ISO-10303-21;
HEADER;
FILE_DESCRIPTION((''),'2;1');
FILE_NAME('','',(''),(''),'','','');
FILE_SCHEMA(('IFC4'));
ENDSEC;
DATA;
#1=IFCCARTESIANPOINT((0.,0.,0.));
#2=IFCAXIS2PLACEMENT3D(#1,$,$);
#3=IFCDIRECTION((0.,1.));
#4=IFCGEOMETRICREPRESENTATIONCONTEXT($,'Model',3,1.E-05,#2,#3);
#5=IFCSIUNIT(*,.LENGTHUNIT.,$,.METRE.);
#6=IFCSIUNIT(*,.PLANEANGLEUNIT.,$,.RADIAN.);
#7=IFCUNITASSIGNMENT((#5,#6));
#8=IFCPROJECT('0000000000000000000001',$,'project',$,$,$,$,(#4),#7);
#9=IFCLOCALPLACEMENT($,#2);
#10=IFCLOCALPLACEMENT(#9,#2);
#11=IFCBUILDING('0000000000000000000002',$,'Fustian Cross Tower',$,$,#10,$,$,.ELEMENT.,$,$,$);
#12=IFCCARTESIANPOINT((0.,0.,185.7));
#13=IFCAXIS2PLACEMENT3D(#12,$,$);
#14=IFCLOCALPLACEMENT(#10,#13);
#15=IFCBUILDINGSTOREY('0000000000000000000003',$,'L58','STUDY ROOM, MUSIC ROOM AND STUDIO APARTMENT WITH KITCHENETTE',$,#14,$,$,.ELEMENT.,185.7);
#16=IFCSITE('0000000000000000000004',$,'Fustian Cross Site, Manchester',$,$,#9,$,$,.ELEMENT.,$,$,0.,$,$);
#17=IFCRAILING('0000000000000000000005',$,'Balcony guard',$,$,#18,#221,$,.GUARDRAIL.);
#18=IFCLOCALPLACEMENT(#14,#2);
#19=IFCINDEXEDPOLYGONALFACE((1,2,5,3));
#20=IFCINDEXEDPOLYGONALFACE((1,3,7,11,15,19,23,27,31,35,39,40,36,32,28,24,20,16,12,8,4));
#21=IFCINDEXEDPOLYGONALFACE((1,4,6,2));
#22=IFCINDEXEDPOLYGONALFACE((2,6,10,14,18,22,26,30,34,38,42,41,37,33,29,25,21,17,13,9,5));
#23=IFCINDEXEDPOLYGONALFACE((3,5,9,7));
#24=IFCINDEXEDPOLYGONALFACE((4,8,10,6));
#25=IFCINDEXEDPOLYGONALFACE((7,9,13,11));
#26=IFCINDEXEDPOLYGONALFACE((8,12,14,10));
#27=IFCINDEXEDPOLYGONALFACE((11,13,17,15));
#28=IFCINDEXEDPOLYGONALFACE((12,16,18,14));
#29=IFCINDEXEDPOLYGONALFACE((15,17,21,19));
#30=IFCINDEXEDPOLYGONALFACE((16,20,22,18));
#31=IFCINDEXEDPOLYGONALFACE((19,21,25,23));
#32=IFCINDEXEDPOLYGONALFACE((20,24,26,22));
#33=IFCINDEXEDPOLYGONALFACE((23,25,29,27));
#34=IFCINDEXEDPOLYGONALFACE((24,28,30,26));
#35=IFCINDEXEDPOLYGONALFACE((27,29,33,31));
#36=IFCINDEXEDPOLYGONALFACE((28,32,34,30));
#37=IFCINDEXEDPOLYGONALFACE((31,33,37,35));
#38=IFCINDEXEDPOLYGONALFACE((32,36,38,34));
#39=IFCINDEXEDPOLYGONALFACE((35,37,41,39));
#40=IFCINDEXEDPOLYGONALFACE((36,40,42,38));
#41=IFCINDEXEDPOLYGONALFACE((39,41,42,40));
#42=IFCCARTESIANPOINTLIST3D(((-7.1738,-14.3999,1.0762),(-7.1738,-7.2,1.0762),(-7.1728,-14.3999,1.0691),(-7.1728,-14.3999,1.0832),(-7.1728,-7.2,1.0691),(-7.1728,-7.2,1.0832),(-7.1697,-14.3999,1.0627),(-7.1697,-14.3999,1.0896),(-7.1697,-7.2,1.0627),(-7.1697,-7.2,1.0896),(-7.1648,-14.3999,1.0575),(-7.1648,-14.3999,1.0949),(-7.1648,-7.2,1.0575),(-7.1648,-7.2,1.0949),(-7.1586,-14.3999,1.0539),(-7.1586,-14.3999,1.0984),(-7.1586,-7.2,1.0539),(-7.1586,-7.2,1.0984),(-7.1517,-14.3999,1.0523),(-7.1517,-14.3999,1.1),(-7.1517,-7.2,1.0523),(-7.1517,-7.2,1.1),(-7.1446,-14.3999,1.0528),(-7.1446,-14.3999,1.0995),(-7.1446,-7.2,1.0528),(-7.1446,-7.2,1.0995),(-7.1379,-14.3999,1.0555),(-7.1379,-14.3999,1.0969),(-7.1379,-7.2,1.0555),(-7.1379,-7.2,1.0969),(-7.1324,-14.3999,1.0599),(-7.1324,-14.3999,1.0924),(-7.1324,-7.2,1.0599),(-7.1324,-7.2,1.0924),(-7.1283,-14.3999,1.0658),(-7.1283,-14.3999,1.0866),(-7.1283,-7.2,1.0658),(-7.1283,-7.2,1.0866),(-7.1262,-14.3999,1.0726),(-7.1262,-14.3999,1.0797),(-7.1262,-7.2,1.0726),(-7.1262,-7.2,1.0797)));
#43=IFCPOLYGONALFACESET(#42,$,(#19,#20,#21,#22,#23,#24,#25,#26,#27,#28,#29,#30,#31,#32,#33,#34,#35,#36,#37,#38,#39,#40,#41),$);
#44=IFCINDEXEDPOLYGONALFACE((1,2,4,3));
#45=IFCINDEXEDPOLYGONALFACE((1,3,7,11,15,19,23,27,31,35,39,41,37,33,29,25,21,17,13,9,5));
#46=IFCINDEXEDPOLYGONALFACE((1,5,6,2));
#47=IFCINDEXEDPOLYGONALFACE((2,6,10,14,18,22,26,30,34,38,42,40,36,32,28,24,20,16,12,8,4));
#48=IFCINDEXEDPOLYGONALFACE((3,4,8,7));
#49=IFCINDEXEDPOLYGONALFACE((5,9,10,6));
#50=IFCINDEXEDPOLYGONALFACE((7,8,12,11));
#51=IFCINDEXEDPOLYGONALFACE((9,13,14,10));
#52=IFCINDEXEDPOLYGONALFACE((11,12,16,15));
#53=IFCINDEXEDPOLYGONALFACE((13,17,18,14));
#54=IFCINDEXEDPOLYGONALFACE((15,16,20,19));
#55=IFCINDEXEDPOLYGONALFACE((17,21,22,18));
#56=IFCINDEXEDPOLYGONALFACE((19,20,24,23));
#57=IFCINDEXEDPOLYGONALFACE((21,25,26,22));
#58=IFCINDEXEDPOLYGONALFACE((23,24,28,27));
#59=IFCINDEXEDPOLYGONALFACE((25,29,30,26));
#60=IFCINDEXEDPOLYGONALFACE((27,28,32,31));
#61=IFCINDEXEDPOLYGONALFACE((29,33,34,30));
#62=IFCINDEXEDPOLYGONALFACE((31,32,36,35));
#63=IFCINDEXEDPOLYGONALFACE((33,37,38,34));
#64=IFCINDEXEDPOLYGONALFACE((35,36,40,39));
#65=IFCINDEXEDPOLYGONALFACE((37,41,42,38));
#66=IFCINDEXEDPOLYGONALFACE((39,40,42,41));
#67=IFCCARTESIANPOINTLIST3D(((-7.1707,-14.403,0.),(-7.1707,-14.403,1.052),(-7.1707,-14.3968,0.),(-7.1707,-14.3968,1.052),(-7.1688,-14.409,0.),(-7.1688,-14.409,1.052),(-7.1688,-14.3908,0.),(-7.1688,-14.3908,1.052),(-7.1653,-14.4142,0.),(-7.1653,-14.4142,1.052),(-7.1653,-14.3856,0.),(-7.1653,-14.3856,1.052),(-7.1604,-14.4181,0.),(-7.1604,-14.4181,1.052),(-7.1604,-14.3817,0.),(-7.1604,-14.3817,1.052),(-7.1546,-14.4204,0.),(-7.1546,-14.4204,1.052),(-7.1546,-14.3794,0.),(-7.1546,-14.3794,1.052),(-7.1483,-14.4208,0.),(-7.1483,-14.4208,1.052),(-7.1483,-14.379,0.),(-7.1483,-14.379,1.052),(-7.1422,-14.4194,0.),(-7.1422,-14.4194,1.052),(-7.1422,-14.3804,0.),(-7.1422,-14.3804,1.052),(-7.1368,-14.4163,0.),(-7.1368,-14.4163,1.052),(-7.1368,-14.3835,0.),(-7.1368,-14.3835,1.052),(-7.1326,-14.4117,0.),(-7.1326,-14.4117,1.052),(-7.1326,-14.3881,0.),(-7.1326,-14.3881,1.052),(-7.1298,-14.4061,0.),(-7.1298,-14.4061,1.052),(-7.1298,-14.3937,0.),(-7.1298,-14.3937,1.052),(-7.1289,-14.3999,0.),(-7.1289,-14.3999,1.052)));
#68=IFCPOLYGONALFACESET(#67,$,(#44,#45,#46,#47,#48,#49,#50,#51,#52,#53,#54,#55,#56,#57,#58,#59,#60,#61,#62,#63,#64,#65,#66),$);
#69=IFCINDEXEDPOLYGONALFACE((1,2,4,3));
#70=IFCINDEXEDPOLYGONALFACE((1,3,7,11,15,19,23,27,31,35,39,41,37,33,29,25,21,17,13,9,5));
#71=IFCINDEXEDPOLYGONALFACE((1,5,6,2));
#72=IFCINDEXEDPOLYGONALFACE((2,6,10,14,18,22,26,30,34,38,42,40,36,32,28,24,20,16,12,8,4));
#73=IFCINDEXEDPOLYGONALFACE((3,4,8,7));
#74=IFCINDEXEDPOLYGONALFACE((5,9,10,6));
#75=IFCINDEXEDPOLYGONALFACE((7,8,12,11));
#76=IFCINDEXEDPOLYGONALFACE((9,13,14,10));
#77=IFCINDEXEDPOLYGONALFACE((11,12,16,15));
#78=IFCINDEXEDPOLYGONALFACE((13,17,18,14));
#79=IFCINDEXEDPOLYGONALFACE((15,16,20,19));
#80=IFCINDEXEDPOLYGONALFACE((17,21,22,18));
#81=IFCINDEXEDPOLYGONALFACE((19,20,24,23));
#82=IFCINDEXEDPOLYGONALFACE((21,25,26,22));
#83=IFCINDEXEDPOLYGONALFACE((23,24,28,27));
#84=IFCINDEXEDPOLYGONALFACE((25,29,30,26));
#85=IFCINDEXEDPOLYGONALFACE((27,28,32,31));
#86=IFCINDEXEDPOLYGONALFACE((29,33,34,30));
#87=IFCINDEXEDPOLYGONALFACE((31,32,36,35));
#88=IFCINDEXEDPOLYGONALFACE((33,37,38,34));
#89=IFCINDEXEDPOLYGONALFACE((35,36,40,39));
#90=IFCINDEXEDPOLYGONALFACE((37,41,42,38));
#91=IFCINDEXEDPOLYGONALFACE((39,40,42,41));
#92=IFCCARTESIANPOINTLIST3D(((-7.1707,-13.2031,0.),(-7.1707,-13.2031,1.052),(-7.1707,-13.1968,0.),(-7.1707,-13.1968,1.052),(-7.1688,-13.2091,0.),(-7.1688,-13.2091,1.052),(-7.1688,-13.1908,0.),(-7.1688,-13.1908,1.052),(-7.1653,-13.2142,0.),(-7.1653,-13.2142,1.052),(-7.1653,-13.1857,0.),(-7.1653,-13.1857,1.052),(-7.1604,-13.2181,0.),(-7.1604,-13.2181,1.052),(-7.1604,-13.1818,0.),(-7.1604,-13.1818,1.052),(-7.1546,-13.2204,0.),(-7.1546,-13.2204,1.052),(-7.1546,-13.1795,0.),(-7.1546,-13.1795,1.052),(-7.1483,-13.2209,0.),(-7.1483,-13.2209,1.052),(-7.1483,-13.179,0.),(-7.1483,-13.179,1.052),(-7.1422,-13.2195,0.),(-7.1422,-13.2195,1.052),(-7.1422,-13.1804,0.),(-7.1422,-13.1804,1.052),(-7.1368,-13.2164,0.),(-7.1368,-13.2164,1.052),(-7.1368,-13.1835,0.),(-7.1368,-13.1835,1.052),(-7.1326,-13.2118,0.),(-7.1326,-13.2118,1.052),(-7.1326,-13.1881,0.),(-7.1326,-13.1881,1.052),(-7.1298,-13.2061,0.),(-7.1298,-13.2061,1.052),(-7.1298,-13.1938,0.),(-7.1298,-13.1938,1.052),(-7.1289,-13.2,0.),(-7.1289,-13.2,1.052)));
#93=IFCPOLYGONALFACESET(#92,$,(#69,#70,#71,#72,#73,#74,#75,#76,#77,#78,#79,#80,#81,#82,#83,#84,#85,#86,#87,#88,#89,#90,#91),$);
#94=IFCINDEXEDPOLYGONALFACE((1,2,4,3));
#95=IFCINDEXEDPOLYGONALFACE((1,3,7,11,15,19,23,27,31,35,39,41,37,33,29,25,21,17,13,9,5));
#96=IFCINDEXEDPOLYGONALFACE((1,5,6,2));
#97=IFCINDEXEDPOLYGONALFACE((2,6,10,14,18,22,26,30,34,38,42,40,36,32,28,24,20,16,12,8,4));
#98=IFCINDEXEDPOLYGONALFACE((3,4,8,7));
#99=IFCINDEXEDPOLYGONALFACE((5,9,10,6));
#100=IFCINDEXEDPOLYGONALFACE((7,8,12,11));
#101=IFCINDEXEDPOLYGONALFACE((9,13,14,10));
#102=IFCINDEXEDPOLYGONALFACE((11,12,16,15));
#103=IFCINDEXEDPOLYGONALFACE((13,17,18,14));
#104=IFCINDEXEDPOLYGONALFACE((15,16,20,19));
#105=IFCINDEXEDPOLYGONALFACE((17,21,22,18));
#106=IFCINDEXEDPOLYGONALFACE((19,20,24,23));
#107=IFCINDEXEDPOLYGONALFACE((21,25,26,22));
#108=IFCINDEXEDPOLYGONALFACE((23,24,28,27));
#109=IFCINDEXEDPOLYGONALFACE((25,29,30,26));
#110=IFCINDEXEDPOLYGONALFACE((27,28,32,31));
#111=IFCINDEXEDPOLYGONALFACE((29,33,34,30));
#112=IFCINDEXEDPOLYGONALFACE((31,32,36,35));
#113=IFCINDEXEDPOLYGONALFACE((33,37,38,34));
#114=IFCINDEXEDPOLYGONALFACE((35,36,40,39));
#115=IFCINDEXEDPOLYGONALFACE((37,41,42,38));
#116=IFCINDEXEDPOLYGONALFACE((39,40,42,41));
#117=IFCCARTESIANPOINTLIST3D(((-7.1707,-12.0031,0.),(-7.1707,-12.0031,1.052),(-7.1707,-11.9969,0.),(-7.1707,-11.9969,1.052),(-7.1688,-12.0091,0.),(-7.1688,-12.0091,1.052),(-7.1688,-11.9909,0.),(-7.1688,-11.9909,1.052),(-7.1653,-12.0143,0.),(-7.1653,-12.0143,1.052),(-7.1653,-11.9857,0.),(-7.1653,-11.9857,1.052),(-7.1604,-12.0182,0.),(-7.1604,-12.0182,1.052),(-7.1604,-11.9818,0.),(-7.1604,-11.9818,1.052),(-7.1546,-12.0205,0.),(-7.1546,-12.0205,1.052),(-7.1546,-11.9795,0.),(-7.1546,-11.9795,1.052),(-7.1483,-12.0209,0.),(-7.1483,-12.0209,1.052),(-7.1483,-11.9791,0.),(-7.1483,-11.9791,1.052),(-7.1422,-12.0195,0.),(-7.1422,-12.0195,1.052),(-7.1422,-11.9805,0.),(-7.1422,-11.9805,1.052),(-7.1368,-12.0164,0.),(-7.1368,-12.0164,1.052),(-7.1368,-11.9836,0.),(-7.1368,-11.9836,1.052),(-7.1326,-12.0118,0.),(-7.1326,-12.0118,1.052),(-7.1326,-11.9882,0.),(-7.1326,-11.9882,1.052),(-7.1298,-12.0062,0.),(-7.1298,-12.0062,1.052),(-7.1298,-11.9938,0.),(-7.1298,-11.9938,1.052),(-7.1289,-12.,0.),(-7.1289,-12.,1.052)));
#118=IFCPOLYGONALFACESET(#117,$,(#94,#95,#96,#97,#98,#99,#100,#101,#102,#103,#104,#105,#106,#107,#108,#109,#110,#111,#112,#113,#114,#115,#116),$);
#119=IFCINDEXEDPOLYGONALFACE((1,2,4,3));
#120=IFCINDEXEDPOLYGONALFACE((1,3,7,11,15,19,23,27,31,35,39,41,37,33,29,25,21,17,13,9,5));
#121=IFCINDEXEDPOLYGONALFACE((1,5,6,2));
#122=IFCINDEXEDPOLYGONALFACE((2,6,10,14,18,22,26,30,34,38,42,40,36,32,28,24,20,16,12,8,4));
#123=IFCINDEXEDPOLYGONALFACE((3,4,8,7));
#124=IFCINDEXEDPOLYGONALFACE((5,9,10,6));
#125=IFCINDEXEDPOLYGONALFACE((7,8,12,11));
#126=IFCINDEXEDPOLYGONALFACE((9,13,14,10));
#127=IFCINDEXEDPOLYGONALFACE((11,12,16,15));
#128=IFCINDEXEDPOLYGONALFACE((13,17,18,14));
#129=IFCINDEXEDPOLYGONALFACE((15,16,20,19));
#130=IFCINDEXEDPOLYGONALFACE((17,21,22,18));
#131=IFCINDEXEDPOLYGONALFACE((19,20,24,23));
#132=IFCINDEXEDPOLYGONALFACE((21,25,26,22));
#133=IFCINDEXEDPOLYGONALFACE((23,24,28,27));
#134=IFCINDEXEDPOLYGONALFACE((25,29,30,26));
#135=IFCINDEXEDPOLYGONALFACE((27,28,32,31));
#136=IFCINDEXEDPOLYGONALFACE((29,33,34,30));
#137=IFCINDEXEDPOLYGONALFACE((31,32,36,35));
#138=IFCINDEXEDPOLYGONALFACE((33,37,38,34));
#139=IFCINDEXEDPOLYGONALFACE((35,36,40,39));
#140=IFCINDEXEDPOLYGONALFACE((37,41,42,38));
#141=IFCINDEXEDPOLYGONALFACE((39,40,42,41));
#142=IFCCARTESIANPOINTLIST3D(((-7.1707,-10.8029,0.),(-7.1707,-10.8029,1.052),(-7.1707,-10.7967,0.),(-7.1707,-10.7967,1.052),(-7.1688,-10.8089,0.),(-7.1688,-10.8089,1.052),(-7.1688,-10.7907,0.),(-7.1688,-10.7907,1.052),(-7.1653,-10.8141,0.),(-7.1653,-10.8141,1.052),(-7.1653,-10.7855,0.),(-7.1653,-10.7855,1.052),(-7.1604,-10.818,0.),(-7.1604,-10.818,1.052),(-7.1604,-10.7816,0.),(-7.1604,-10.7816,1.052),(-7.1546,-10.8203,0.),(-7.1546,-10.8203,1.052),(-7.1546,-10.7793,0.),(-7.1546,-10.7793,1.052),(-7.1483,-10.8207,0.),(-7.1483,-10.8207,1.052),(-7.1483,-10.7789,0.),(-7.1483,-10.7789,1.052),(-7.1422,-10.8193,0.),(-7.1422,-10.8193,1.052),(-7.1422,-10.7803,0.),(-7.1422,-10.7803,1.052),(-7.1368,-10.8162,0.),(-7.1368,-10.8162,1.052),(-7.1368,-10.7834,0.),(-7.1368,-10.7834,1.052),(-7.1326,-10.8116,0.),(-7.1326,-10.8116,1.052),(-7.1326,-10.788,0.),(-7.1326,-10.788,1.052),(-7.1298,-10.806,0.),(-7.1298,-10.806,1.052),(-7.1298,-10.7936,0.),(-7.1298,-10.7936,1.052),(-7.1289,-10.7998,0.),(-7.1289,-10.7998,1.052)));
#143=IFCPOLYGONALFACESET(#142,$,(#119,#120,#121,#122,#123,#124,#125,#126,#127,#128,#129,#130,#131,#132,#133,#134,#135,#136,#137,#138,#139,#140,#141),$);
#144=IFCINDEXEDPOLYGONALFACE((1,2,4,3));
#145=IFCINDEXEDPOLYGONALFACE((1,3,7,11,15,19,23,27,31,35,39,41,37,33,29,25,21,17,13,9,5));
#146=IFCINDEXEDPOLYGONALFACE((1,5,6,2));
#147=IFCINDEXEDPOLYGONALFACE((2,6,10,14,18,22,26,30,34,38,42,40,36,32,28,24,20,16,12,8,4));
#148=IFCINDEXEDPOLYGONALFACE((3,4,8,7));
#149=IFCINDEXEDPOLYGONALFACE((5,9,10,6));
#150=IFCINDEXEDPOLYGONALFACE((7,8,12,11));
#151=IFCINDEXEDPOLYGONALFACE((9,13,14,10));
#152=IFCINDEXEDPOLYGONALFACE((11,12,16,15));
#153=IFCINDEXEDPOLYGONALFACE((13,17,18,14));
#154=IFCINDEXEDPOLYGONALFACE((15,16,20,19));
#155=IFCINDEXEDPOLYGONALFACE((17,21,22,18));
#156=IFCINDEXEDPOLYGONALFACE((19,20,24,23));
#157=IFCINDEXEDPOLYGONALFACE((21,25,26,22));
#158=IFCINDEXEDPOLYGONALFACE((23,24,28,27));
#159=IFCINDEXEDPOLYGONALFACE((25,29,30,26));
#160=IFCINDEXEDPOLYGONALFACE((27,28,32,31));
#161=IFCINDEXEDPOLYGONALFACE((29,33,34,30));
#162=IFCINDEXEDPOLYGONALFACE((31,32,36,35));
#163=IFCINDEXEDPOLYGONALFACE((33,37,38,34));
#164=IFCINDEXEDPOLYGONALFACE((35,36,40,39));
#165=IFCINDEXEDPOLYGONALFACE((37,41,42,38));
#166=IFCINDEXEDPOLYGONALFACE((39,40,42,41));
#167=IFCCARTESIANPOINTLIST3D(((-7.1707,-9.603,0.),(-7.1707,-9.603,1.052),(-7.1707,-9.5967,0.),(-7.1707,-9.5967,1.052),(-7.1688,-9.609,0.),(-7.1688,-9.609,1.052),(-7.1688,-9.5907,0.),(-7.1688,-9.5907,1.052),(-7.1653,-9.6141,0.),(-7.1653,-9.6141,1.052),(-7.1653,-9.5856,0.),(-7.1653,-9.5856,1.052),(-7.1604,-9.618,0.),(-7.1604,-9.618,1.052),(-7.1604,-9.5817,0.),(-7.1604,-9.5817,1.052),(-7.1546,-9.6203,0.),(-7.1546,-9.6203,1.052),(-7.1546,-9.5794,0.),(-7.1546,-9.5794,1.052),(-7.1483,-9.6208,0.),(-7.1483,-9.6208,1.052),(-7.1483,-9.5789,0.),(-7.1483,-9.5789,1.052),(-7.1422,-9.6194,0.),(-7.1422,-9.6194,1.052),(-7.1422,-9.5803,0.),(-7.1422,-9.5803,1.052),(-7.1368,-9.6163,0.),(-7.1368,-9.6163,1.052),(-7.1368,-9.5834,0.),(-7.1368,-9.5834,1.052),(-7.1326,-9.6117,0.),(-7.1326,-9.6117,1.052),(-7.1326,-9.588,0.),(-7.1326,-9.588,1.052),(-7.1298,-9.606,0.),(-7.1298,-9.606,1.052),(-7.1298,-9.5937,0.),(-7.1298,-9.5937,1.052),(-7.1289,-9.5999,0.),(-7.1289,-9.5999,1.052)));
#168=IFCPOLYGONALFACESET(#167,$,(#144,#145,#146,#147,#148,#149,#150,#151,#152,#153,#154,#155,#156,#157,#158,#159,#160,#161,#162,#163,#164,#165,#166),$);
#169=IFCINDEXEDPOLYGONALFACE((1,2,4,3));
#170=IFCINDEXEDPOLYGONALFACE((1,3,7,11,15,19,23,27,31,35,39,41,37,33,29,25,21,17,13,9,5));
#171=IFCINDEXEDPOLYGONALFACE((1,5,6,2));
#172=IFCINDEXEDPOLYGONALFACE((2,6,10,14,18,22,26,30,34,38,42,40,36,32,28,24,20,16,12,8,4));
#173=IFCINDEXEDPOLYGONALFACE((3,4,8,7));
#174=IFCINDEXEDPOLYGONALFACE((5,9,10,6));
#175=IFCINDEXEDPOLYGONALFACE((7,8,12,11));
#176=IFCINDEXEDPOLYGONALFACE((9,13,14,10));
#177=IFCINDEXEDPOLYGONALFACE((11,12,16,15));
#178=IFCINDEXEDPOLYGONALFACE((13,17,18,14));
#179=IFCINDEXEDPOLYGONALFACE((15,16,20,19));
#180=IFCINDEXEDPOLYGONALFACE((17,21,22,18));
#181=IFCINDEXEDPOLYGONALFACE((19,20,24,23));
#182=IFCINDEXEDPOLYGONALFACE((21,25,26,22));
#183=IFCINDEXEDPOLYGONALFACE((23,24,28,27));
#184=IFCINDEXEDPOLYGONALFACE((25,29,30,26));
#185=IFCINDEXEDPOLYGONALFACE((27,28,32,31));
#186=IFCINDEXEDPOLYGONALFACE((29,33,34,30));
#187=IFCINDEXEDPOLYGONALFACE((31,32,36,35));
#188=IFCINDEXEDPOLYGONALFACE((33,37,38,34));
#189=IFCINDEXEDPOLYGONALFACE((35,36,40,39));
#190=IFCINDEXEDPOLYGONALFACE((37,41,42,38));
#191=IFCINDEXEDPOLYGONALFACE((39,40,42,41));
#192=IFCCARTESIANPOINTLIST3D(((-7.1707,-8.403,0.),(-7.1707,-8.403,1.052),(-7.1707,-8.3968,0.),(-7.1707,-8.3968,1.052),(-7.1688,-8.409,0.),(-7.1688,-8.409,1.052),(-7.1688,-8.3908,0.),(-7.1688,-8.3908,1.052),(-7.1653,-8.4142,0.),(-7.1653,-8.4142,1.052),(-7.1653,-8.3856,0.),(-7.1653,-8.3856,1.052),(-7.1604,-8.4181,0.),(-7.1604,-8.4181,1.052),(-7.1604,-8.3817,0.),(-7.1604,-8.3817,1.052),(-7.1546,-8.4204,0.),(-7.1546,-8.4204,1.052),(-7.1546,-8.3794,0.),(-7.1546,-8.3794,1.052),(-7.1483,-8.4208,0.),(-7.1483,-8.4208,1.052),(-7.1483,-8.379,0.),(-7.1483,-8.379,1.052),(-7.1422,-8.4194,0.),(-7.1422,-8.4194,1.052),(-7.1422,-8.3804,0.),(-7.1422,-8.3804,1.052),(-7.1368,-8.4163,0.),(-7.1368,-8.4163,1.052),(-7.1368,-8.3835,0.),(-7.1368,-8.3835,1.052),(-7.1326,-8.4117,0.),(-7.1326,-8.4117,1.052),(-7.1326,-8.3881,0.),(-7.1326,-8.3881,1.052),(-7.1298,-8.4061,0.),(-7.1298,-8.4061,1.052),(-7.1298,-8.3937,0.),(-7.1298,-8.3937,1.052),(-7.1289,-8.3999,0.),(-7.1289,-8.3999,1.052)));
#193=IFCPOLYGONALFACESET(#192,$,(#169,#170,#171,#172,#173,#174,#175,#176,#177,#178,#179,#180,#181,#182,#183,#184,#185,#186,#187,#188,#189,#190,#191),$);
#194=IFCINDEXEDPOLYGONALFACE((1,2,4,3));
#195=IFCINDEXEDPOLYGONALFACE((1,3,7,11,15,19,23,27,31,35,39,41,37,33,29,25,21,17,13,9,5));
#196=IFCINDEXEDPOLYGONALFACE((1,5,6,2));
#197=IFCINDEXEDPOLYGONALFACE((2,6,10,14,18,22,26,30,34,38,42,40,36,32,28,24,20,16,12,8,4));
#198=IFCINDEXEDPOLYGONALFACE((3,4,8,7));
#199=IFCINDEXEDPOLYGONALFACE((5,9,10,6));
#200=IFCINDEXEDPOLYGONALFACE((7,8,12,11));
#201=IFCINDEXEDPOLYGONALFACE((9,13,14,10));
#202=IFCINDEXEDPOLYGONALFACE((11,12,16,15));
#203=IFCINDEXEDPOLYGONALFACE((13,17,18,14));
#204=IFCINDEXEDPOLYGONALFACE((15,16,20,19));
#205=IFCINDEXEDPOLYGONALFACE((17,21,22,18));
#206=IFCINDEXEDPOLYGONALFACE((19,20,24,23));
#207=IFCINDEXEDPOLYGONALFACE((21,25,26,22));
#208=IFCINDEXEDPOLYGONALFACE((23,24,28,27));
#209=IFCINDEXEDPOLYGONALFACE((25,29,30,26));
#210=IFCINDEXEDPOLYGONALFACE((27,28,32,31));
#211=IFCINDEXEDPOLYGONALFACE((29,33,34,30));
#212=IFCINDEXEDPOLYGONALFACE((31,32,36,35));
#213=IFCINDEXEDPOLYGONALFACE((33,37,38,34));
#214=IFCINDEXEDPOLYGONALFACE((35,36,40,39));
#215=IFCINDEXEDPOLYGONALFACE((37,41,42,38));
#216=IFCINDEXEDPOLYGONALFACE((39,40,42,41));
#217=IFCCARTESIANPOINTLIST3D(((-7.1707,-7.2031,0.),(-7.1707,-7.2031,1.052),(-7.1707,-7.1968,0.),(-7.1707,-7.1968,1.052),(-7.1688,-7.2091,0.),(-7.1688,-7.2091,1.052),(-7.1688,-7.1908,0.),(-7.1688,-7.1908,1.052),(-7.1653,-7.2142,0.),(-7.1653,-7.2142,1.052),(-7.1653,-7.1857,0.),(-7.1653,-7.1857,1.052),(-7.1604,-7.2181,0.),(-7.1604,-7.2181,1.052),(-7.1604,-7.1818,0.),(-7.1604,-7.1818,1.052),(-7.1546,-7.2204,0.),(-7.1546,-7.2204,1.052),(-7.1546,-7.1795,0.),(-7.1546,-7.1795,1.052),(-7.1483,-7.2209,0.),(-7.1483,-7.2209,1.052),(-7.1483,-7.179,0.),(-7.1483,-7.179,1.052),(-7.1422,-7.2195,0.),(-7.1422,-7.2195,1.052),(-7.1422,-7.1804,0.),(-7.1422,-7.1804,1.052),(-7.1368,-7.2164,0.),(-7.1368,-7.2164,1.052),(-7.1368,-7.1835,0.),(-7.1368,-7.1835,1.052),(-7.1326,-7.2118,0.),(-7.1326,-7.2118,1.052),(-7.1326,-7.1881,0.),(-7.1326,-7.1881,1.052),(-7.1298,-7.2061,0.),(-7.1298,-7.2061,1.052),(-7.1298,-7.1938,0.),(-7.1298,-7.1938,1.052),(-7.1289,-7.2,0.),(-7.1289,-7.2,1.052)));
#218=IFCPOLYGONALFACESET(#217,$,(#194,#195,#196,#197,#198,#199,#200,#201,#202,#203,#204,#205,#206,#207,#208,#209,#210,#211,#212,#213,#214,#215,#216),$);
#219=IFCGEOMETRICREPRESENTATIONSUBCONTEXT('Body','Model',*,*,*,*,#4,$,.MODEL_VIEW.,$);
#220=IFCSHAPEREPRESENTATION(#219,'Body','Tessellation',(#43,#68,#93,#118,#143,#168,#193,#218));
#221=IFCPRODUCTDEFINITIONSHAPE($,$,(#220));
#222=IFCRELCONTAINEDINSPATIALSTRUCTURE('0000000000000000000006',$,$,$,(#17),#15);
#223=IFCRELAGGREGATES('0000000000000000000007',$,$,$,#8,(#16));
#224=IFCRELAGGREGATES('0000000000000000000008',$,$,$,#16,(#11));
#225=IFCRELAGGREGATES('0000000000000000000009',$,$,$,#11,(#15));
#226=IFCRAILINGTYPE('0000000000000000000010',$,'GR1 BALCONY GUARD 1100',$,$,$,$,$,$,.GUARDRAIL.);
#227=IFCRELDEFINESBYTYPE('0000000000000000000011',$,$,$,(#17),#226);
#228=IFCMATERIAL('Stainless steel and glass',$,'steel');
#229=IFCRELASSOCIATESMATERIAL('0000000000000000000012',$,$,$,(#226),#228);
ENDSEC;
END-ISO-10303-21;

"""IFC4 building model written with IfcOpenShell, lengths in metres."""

from ifc_helpers import new_model, si_unit, direction, frame, origin, origin_2d, place, context, subcontext, project, spatial, circle, extrude, material, type_object, element, save


model = new_model("IFC4")

# Units and contexts
model_context = context("Model", 3, precision=1e-05, world=origin(), true_north=direction((0.0, 1.0)))
body_context = subcontext(model_context, "Body", "Model", "MODEL_VIEW")
ifc_project = project(units=[si_unit("LENGTHUNIT", "METRE"), si_unit("PLANEANGLEUNIT", "RADIAN")], contexts=[model_context])

# Site, building, storey
site_placement = place(None, origin())
site = spatial("IfcSite", under=ifc_project, at=site_placement, Name="Fustian Cross Site, Manchester", CompositionType="ELEMENT", RefElevation=0.0)
building_placement = place(site_placement, origin())
building = spatial("IfcBuilding", under=site, at=building_placement, Name="Fustian Cross Tower", CompositionType="ELEMENT")
storey_placement = place(building_placement, frame((0.0, 0.0, 185.7)))
storey = spatial("IfcBuildingStorey", under=building, at=storey_placement, Name="L58", Description="STUDY ROOM, MUSIC ROOM AND STUDIO APARTMENT WITH KITCHENETTE", CompositionType="ELEMENT", Elevation=185.7)

# Railing
ifc_material_1 = material(Name="Stainless steel and glass", Category="steel")
railing_type = type_object("IfcRailingType", Name="GR1 BALCONY GUARD 1100", PredefinedType="GUARDRAIL", material=ifc_material_1)
railing_placement = place(storey_placement, frame((-7.1499, -14.3999, 0.0)))
element("IfcRailing", 1, at=railing_placement, inside=storey, type_object=railing_type, Name="Balcony guard", PredefinedType="GUARDRAIL", context=body_context, shape_type="SweptSolid", body=[
    extrude(circle(Radius=0.0239, at=origin_2d()), frame((0.0, 0.0, 1.0762), z_axis=(0.0, 1.0, 0.0), x_axis=(-1.0, 0.0, 0.0)), (0.0, 0.0, 1.0), 7.2),
    extrude(circle(Radius=0.021, at=origin_2d()), origin(), (0.0, 0.0, 1.0), 1.052),
    extrude(circle(Radius=0.021, at=origin_2d()), frame((0.0, 1.2, 0.0)), (0.0, 0.0, 1.0), 1.052),
    extrude(circle(Radius=0.021, at=origin_2d()), frame((0.0, 2.3999, 0.0)), (0.0, 0.0, 1.0), 1.052),
    extrude(circle(Radius=0.021, at=origin_2d()), frame((0.0, 3.6001, 0.0)), (0.0, 0.0, 1.0), 1.052),
    extrude(circle(Radius=0.021, at=origin_2d()), frame((0.0, 4.8, 0.0)), (0.0, 0.0, 1.0), 1.052),
    extrude(circle(Radius=0.021, at=origin_2d()), frame((0.0, 6.0, 0.0)), (0.0, 0.0, 1.0), 1.052),
    extrude(circle(Radius=0.021, at=origin_2d()), frame((0.0, 7.2, 0.0)), (0.0, 0.0, 1.0), 1.052),
])

save(model, "model.ifc")
